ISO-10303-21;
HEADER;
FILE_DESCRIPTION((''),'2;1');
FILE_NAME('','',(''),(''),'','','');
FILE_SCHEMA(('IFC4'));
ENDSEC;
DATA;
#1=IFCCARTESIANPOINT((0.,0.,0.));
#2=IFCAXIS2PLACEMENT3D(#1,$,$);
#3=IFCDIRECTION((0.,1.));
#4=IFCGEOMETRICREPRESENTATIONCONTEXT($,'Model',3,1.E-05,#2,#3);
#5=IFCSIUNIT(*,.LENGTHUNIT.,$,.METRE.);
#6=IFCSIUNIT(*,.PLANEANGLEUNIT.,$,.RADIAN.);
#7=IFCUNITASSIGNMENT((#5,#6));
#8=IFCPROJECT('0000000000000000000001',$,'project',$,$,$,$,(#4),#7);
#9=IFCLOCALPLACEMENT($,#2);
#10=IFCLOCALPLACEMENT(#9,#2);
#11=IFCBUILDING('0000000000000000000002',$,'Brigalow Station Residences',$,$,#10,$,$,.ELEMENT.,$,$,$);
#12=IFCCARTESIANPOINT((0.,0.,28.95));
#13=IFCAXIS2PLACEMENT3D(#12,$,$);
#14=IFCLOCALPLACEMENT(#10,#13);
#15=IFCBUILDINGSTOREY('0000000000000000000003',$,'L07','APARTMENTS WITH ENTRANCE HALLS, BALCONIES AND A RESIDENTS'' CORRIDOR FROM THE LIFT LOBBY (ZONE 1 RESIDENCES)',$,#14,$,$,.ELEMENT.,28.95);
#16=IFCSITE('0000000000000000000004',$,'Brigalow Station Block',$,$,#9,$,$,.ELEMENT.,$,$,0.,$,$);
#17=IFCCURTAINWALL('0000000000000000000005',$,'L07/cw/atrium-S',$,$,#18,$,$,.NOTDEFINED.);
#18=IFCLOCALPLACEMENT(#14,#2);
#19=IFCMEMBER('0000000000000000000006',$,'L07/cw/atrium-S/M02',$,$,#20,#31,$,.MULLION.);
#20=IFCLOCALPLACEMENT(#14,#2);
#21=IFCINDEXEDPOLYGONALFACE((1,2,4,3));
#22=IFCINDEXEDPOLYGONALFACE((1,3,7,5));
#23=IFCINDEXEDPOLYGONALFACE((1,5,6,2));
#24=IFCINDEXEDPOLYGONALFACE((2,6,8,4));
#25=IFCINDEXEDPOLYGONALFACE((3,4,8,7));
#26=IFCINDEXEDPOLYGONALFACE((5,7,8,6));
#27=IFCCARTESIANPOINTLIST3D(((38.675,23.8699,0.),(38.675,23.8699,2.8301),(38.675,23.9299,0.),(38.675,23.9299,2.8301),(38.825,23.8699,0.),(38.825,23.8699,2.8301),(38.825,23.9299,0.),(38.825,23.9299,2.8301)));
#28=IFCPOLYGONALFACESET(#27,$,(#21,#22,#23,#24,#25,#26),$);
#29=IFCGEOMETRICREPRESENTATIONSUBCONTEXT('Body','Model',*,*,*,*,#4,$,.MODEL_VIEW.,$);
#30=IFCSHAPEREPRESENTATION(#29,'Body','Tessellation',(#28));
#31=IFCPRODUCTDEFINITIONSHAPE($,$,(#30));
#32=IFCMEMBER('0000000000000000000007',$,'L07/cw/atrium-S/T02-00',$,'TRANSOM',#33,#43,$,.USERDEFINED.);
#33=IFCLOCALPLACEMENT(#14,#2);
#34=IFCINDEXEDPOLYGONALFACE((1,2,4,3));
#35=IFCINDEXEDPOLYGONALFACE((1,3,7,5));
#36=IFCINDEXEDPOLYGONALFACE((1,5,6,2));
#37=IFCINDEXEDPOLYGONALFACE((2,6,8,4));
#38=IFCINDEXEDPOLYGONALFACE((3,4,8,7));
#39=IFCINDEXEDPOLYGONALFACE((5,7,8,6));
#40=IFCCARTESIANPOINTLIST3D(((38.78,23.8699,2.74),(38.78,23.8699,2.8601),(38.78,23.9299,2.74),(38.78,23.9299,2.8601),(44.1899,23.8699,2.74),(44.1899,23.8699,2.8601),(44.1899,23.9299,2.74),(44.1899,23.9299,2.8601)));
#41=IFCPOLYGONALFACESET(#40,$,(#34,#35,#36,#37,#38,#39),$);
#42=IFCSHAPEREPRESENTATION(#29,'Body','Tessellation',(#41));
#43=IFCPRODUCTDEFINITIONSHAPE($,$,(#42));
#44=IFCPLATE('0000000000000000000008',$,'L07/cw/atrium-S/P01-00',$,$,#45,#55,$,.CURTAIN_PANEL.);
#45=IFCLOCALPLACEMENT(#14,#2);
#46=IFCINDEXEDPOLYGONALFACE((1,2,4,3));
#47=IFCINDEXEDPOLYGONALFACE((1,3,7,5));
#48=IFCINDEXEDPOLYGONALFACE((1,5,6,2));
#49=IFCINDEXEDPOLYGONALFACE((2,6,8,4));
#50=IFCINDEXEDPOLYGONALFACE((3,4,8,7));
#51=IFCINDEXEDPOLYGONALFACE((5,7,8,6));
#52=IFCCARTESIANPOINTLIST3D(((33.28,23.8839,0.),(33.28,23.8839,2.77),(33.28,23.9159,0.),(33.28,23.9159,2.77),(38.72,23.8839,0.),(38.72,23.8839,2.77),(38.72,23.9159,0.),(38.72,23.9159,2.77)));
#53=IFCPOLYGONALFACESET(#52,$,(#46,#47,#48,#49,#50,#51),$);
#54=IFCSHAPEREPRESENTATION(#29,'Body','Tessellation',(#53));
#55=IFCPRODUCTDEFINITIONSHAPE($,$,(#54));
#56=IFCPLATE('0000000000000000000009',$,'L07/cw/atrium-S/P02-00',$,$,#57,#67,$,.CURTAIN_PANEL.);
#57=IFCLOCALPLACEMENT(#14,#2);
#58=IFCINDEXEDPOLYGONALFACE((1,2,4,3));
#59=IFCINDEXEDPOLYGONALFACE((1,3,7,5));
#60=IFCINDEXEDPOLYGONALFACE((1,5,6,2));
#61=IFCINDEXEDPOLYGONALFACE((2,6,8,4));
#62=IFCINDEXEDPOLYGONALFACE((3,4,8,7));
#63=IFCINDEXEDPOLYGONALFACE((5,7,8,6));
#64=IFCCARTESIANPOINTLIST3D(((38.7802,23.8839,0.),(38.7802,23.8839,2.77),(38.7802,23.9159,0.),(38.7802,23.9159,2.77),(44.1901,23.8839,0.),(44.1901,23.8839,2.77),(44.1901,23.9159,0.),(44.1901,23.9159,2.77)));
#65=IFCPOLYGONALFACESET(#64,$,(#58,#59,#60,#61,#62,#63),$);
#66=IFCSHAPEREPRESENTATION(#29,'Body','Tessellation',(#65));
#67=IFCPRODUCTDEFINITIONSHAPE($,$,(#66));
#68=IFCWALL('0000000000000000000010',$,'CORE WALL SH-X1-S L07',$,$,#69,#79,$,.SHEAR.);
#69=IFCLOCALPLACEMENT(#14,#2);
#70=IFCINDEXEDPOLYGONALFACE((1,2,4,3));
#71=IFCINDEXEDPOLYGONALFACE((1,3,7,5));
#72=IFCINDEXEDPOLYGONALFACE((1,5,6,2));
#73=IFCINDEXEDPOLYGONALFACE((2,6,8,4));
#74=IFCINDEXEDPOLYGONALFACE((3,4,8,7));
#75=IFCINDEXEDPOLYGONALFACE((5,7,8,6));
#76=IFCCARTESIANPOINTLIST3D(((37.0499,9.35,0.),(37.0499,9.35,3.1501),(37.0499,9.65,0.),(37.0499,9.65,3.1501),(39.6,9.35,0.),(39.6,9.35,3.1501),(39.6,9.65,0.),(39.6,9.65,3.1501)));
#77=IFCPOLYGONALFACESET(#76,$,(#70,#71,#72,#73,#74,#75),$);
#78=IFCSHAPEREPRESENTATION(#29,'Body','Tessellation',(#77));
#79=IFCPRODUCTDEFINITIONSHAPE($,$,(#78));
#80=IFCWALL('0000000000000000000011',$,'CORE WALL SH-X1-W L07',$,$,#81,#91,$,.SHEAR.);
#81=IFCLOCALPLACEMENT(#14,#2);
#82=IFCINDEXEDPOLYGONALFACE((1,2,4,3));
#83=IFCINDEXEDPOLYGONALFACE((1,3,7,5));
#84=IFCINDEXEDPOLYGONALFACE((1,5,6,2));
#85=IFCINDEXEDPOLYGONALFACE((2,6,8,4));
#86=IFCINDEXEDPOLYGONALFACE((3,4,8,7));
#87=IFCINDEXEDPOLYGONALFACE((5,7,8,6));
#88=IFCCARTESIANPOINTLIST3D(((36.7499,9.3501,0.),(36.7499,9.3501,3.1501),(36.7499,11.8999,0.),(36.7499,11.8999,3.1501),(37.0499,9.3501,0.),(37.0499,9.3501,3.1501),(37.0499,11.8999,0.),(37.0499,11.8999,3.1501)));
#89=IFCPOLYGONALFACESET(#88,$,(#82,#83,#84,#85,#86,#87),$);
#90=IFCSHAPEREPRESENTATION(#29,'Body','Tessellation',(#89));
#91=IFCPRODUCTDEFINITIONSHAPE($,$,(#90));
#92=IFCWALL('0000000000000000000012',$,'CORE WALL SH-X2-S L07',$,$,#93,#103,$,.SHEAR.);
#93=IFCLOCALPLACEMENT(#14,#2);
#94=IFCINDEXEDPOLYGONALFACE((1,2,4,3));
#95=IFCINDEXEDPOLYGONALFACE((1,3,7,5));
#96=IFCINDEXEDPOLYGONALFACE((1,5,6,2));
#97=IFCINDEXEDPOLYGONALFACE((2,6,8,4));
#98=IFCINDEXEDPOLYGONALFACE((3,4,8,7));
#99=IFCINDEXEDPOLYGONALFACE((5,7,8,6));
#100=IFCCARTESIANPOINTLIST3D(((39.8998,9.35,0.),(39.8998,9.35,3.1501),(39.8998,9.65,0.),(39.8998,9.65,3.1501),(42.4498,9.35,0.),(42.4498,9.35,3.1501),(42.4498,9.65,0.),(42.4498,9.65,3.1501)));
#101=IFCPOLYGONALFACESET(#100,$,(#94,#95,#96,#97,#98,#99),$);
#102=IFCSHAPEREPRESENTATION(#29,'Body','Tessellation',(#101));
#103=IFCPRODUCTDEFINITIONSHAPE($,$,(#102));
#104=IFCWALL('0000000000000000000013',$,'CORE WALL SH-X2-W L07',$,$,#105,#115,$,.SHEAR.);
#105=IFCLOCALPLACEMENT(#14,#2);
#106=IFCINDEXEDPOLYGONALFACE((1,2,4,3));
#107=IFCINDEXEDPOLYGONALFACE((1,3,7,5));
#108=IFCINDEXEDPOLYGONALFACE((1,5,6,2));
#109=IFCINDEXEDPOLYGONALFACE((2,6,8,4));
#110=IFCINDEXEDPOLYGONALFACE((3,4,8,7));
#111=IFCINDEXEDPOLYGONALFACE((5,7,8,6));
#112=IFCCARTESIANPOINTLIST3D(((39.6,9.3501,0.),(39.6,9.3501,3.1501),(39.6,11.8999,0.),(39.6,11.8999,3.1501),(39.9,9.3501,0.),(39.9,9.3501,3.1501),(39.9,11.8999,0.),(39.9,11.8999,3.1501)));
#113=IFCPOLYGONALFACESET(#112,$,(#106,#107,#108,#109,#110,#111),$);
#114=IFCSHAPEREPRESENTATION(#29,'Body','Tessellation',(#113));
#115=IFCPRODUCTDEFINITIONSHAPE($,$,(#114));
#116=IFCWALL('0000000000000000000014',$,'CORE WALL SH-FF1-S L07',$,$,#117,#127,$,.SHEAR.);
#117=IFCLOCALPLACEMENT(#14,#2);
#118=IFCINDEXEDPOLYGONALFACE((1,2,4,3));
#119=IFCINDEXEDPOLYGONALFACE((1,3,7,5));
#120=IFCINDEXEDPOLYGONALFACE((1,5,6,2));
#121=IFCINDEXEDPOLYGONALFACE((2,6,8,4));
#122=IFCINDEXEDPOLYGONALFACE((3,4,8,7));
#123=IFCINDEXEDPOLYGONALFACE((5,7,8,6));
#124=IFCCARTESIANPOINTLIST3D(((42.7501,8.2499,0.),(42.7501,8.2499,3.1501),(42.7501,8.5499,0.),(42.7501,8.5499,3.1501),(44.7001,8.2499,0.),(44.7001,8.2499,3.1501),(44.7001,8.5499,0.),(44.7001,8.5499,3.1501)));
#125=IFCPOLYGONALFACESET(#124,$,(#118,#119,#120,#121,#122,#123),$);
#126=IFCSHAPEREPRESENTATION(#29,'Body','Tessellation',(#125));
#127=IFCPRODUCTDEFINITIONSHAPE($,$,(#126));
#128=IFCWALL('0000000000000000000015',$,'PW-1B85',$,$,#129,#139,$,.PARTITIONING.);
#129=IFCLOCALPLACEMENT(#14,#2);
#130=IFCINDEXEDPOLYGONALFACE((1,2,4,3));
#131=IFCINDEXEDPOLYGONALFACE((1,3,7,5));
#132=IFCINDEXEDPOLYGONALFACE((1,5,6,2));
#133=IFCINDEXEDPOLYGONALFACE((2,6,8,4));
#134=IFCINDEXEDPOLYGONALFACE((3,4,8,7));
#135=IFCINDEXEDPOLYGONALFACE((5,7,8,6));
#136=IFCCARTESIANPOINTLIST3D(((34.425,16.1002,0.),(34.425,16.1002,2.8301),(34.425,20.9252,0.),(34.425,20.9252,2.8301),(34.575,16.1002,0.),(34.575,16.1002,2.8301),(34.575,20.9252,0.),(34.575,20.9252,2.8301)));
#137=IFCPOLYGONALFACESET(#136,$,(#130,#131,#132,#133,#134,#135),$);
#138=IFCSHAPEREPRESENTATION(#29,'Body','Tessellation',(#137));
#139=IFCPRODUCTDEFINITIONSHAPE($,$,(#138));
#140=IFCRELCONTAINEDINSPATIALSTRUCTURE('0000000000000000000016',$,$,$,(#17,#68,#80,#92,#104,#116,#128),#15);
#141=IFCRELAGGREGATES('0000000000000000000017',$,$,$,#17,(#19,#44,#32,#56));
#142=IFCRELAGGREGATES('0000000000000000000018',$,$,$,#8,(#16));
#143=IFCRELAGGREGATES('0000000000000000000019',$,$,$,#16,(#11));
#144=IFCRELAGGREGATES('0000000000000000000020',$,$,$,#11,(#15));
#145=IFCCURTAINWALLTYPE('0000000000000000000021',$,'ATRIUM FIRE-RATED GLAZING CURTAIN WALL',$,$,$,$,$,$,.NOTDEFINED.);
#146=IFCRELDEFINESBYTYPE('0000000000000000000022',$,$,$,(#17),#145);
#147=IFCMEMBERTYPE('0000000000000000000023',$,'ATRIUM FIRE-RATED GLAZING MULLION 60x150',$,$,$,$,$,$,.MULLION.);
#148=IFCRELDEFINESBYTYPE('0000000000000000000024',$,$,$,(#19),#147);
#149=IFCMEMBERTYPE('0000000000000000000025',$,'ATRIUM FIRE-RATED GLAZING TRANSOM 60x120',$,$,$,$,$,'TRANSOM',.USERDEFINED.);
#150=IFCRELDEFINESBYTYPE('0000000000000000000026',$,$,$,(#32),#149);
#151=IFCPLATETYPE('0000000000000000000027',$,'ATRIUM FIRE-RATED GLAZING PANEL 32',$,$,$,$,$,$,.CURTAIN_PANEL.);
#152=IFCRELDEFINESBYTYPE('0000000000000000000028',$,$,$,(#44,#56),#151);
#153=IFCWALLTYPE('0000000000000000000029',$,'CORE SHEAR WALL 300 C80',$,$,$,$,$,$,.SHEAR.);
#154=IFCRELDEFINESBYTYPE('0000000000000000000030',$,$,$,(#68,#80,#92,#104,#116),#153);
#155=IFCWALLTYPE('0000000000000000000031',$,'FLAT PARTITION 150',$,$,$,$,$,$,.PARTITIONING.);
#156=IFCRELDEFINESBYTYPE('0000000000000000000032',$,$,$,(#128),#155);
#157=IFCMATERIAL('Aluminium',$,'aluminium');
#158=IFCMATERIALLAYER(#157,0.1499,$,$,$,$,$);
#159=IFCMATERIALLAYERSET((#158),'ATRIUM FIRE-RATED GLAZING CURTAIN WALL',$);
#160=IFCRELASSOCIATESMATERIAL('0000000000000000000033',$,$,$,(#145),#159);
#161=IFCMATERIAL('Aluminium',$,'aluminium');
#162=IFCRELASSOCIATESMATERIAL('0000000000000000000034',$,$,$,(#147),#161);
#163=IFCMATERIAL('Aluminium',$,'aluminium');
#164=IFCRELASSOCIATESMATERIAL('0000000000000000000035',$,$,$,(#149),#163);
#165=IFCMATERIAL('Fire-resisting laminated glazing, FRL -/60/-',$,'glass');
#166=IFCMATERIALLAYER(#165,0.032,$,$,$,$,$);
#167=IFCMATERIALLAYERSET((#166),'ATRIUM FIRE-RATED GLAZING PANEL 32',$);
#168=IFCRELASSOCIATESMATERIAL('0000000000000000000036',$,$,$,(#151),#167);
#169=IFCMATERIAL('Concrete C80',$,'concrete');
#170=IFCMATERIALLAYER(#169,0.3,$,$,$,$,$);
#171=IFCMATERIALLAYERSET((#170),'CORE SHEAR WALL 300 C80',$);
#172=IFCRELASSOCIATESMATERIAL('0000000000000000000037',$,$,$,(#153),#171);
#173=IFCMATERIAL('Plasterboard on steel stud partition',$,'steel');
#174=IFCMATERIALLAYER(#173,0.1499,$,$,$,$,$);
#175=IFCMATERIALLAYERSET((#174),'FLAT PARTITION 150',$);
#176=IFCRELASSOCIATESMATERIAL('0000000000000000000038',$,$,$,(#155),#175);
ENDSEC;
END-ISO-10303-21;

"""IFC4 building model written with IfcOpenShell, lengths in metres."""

from ifc_helpers import new_model, si_unit, direction, frame, frame_2d, origin, origin_2d, place, context, subcontext, project, spatial, rectangle, extrude, material, layer, layer_set, material_profile, profile_set, type_object, element, aggregate, save


model = new_model("IFC4")

# Units and contexts
model_context = context("Model", 3, precision=1e-05, world=origin(), true_north=direction((0.0, 1.0)))
body_context = subcontext(model_context, "Body", "Model", "MODEL_VIEW")
ifc_project = project(units=[si_unit("LENGTHUNIT", "METRE"), si_unit("PLANEANGLEUNIT", "RADIAN")], contexts=[model_context])

# Site, building, storey
site_placement = place(None, origin())
site = spatial("IfcSite", under=ifc_project, at=site_placement, Name="Brigalow Station Block", CompositionType="ELEMENT", RefElevation=0.0)
building_placement = place(site_placement, origin())
building = spatial("IfcBuilding", under=site, at=building_placement, Name="Brigalow Station Residences", CompositionType="ELEMENT")
storey_placement = place(building_placement, frame((0.0, 0.0, 28.95)))
storey = spatial("IfcBuildingStorey", under=building, at=storey_placement, Name="L07", Description="APARTMENTS WITH ENTRANCE HALLS, BALCONIES AND A RESIDENTS' CORRIDOR FROM THE LIFT LOBBY (ZONE 1 RESIDENCES)", CompositionType="ELEMENT", Elevation=28.95)

# Curtain wall, members, plates
ifc_material_1 = material(Name="Aluminium", Category="aluminium")
ifc_layer_1 = layer(ifc_material_1, 0.1499)
ifc_layer_set_1 = layer_set([ifc_layer_1], Name="ATRIUM FIRE-RATED GLAZING CURTAIN WALL")
curtain_wall_type = type_object("IfcCurtainWallType", Name="ATRIUM FIRE-RATED GLAZING CURTAIN WALL", PredefinedType="NOTDEFINED", material=ifc_layer_set_1)
curtain_wall_placement = place(storey_placement, origin())
curtain_wall = element("IfcCurtainWall", 1, at=curtain_wall_placement, inside=storey, type_object=curtain_wall_type, Name="L07/cw/atrium-S", PredefinedType="NOTDEFINED")
ifc_material_2 = material(Name="Aluminium", Category="aluminium")
ifc_material_profile_1 = material_profile(ifc_material_2, rectangle(XDim=0.0601, YDim=0.1499, at=origin_2d()), Name="ATRIUM FIRE-RATED GLAZING MULLION 60x150")
ifc_profile_set_1 = profile_set([ifc_material_profile_1], Name="Aluminium")
member_type_1 = type_object("IfcMemberType", Name="ATRIUM FIRE-RATED GLAZING MULLION 60x150", PredefinedType="MULLION", material=ifc_profile_set_1)
member_1_placement = place(storey_placement, frame((38.75, 23.8999, 0.0), z_axis=(0.0, 0.0, 1.0), x_axis=(0.0, 1.0, 0.0)))
member_1 = element("IfcMember", 2, at=member_1_placement, type_object=member_type_1, Name="L07/cw/atrium-S/M02", PredefinedType="MULLION", context=body_context, shape_type="SweptSolid", body=[
    extrude(rectangle(XDim=0.0601, YDim=0.1499, at=origin_2d()), origin(), (0.0, 0.0, 1.0), 2.8301),
])
ifc_material_3 = material(Name="Aluminium", Category="aluminium")
ifc_material_profile_2 = material_profile(ifc_material_3, rectangle(XDim=0.0601, YDim=0.1201, at=origin_2d()), Name="ATRIUM FIRE-RATED GLAZING TRANSOM 60x120")
ifc_profile_set_2 = profile_set([ifc_material_profile_2], Name="Aluminium")
member_type_2 = type_object("IfcMemberType", Name="ATRIUM FIRE-RATED GLAZING TRANSOM 60x120", ElementType="TRANSOM", PredefinedType="USERDEFINED", material=ifc_profile_set_2)
member_2_placement = place(storey_placement, frame((38.78, 23.8999, 2.8), z_axis=(1.0, 0.0, 0.0), x_axis=(0.0, 1.0, 0.0)))
member_2 = element("IfcMember", 3, at=member_2_placement, type_object=member_type_2, Name="L07/cw/atrium-S/T02-00", ObjectType="TRANSOM", PredefinedType="USERDEFINED", context=body_context, shape_type="SweptSolid", body=[
    extrude(rectangle(XDim=0.0601, YDim=0.1201, at=origin_2d()), origin(), (0.0, 0.0, 1.0), 5.4099),
])
ifc_material_4 = material(Name="Fire-resisting laminated glazing, FRL -/60/-", Category="glass")
ifc_layer_2 = layer(ifc_material_4, 0.032)
ifc_layer_set_2 = layer_set([ifc_layer_2], Name="ATRIUM FIRE-RATED GLAZING PANEL 32")
plate_type = type_object("IfcPlateType", Name="ATRIUM FIRE-RATED GLAZING PANEL 32", PredefinedType="CURTAIN_PANEL", material=ifc_layer_set_2)
plate_1_placement = place(storey_placement, frame((36.0, 23.8999, 0.0), z_axis=(0.0, 0.0, 1.0), x_axis=(1.0, 0.0, 0.0)))
plate_1 = element("IfcPlate", 4, at=plate_1_placement, type_object=plate_type, Name="L07/cw/atrium-S/P01-00", PredefinedType="CURTAIN_PANEL", context=body_context, shape_type="SweptSolid", body=[
    extrude(rectangle(XDim=5.4399, YDim=0.032, at=origin_2d()), origin(), (0.0, 0.0, 1.0), 2.77),
])
plate_2_placement = place(storey_placement, frame((41.4851, 23.8999, 0.0), z_axis=(0.0, 0.0, 1.0), x_axis=(1.0, 0.0, 0.0)))
plate_2 = element("IfcPlate", 5, at=plate_2_placement, type_object=plate_type, Name="L07/cw/atrium-S/P02-00", PredefinedType="CURTAIN_PANEL", context=body_context, shape_type="SweptSolid", body=[
    extrude(rectangle(XDim=5.4099, YDim=0.032, at=origin_2d()), origin(), (0.0, 0.0, 1.0), 2.77),
])
aggregate(curtain_wall, [member_1, plate_1, member_2, plate_2])

# Walls
ifc_material_5 = material(Name="Concrete C80", Category="concrete")
ifc_layer_3 = layer(ifc_material_5, 0.3)
ifc_layer_set_3 = layer_set([ifc_layer_3], Name="CORE SHEAR WALL 300 C80")
wall_type_1 = type_object("IfcWallType", Name="CORE SHEAR WALL 300 C80", PredefinedType="SHEAR", material=ifc_layer_set_3)
wall_1_placement = place(storey_placement, frame((37.05, 9.5, 0.0), z_axis=(0.0, 0.0, 1.0), x_axis=(1.0, 0.0, 0.0)))
element("IfcWall", 6, at=wall_1_placement, inside=storey, type_object=wall_type_1, Name="CORE WALL SH-X1-S L07", PredefinedType="SHEAR", context=body_context, shape_type="SweptSolid", body=[
    extrude(rectangle(XDim=2.55, YDim=0.3, at=frame_2d((1.2749, 0.0))), origin(), (0.0, 0.0, 1.0), 3.1501),
])
wall_2_placement = place(storey_placement, frame((36.8999, 9.3501, 0.0), z_axis=(0.0, 0.0, 1.0), x_axis=(0.0, 1.0, 0.0)))
element("IfcWall", 7, at=wall_2_placement, inside=storey, type_object=wall_type_1, Name="CORE WALL SH-X1-W L07", PredefinedType="SHEAR", context=body_context, shape_type="SweptSolid", body=[
    extrude(rectangle(XDim=2.5498, YDim=0.3, at=frame_2d((1.2749, 0.0))), origin(), (0.0, 0.0, 1.0), 3.1501),
])
wall_3_placement = place(storey_placement, frame((39.8999, 9.5, 0.0), z_axis=(0.0, 0.0, 1.0), x_axis=(1.0, 0.0, 0.0)))
element("IfcWall", 8, at=wall_3_placement, inside=storey, type_object=wall_type_1, Name="CORE WALL SH-X2-S L07", PredefinedType="SHEAR", context=body_context, shape_type="SweptSolid", body=[
    extrude(rectangle(XDim=2.55, YDim=0.3, at=frame_2d((1.2749, 0.0))), origin(), (0.0, 0.0, 1.0), 3.1501),
])
wall_4_placement = place(storey_placement, frame((39.75, 9.3501, 0.0), z_axis=(0.0, 0.0, 1.0), x_axis=(0.0, 1.0, 0.0)))
element("IfcWall", 9, at=wall_4_placement, inside=storey, type_object=wall_type_1, Name="CORE WALL SH-X2-W L07", PredefinedType="SHEAR", context=body_context, shape_type="SweptSolid", body=[
    extrude(rectangle(XDim=2.5498, YDim=0.3, at=frame_2d((1.2749, 0.0))), origin(), (0.0, 0.0, 1.0), 3.1501),
])
wall_5_placement = place(storey_placement, frame((42.75, 8.3999, 0.0), z_axis=(0.0, 0.0, 1.0), x_axis=(1.0, 0.0, 0.0)))
element("IfcWall", 10, at=wall_5_placement, inside=storey, type_object=wall_type_1, Name="CORE WALL SH-FF1-S L07", PredefinedType="SHEAR", context=body_context, shape_type="SweptSolid", body=[
    extrude(rectangle(XDim=1.95, YDim=0.3, at=frame_2d((0.9751, 0.0))), origin(), (0.0, 0.0, 1.0), 3.1501),
])
ifc_material_6 = material(Name="Plasterboard on steel stud partition", Category="steel")
ifc_layer_4 = layer(ifc_material_6, 0.1499)
ifc_layer_set_4 = layer_set([ifc_layer_4], Name="FLAT PARTITION 150")
wall_type_2 = type_object("IfcWallType", Name="FLAT PARTITION 150", PredefinedType="PARTITIONING", material=ifc_layer_set_4)
wall_6_placement = place(storey_placement, frame((34.5, 16.1001, 0.0), z_axis=(0.0, 0.0, 1.0), x_axis=(0.0, 1.0, 0.0)))
element("IfcWall", 11, at=wall_6_placement, inside=storey, type_object=wall_type_2, Name="PW-1B85", PredefinedType="PARTITIONING", context=body_context, shape_type="SweptSolid", body=[
    extrude(rectangle(XDim=4.825, YDim=0.1499, at=frame_2d((2.4126, 0.0))), origin(), (0.0, 0.0, 1.0), 2.8301),
])

save(model, "model.ifc")
